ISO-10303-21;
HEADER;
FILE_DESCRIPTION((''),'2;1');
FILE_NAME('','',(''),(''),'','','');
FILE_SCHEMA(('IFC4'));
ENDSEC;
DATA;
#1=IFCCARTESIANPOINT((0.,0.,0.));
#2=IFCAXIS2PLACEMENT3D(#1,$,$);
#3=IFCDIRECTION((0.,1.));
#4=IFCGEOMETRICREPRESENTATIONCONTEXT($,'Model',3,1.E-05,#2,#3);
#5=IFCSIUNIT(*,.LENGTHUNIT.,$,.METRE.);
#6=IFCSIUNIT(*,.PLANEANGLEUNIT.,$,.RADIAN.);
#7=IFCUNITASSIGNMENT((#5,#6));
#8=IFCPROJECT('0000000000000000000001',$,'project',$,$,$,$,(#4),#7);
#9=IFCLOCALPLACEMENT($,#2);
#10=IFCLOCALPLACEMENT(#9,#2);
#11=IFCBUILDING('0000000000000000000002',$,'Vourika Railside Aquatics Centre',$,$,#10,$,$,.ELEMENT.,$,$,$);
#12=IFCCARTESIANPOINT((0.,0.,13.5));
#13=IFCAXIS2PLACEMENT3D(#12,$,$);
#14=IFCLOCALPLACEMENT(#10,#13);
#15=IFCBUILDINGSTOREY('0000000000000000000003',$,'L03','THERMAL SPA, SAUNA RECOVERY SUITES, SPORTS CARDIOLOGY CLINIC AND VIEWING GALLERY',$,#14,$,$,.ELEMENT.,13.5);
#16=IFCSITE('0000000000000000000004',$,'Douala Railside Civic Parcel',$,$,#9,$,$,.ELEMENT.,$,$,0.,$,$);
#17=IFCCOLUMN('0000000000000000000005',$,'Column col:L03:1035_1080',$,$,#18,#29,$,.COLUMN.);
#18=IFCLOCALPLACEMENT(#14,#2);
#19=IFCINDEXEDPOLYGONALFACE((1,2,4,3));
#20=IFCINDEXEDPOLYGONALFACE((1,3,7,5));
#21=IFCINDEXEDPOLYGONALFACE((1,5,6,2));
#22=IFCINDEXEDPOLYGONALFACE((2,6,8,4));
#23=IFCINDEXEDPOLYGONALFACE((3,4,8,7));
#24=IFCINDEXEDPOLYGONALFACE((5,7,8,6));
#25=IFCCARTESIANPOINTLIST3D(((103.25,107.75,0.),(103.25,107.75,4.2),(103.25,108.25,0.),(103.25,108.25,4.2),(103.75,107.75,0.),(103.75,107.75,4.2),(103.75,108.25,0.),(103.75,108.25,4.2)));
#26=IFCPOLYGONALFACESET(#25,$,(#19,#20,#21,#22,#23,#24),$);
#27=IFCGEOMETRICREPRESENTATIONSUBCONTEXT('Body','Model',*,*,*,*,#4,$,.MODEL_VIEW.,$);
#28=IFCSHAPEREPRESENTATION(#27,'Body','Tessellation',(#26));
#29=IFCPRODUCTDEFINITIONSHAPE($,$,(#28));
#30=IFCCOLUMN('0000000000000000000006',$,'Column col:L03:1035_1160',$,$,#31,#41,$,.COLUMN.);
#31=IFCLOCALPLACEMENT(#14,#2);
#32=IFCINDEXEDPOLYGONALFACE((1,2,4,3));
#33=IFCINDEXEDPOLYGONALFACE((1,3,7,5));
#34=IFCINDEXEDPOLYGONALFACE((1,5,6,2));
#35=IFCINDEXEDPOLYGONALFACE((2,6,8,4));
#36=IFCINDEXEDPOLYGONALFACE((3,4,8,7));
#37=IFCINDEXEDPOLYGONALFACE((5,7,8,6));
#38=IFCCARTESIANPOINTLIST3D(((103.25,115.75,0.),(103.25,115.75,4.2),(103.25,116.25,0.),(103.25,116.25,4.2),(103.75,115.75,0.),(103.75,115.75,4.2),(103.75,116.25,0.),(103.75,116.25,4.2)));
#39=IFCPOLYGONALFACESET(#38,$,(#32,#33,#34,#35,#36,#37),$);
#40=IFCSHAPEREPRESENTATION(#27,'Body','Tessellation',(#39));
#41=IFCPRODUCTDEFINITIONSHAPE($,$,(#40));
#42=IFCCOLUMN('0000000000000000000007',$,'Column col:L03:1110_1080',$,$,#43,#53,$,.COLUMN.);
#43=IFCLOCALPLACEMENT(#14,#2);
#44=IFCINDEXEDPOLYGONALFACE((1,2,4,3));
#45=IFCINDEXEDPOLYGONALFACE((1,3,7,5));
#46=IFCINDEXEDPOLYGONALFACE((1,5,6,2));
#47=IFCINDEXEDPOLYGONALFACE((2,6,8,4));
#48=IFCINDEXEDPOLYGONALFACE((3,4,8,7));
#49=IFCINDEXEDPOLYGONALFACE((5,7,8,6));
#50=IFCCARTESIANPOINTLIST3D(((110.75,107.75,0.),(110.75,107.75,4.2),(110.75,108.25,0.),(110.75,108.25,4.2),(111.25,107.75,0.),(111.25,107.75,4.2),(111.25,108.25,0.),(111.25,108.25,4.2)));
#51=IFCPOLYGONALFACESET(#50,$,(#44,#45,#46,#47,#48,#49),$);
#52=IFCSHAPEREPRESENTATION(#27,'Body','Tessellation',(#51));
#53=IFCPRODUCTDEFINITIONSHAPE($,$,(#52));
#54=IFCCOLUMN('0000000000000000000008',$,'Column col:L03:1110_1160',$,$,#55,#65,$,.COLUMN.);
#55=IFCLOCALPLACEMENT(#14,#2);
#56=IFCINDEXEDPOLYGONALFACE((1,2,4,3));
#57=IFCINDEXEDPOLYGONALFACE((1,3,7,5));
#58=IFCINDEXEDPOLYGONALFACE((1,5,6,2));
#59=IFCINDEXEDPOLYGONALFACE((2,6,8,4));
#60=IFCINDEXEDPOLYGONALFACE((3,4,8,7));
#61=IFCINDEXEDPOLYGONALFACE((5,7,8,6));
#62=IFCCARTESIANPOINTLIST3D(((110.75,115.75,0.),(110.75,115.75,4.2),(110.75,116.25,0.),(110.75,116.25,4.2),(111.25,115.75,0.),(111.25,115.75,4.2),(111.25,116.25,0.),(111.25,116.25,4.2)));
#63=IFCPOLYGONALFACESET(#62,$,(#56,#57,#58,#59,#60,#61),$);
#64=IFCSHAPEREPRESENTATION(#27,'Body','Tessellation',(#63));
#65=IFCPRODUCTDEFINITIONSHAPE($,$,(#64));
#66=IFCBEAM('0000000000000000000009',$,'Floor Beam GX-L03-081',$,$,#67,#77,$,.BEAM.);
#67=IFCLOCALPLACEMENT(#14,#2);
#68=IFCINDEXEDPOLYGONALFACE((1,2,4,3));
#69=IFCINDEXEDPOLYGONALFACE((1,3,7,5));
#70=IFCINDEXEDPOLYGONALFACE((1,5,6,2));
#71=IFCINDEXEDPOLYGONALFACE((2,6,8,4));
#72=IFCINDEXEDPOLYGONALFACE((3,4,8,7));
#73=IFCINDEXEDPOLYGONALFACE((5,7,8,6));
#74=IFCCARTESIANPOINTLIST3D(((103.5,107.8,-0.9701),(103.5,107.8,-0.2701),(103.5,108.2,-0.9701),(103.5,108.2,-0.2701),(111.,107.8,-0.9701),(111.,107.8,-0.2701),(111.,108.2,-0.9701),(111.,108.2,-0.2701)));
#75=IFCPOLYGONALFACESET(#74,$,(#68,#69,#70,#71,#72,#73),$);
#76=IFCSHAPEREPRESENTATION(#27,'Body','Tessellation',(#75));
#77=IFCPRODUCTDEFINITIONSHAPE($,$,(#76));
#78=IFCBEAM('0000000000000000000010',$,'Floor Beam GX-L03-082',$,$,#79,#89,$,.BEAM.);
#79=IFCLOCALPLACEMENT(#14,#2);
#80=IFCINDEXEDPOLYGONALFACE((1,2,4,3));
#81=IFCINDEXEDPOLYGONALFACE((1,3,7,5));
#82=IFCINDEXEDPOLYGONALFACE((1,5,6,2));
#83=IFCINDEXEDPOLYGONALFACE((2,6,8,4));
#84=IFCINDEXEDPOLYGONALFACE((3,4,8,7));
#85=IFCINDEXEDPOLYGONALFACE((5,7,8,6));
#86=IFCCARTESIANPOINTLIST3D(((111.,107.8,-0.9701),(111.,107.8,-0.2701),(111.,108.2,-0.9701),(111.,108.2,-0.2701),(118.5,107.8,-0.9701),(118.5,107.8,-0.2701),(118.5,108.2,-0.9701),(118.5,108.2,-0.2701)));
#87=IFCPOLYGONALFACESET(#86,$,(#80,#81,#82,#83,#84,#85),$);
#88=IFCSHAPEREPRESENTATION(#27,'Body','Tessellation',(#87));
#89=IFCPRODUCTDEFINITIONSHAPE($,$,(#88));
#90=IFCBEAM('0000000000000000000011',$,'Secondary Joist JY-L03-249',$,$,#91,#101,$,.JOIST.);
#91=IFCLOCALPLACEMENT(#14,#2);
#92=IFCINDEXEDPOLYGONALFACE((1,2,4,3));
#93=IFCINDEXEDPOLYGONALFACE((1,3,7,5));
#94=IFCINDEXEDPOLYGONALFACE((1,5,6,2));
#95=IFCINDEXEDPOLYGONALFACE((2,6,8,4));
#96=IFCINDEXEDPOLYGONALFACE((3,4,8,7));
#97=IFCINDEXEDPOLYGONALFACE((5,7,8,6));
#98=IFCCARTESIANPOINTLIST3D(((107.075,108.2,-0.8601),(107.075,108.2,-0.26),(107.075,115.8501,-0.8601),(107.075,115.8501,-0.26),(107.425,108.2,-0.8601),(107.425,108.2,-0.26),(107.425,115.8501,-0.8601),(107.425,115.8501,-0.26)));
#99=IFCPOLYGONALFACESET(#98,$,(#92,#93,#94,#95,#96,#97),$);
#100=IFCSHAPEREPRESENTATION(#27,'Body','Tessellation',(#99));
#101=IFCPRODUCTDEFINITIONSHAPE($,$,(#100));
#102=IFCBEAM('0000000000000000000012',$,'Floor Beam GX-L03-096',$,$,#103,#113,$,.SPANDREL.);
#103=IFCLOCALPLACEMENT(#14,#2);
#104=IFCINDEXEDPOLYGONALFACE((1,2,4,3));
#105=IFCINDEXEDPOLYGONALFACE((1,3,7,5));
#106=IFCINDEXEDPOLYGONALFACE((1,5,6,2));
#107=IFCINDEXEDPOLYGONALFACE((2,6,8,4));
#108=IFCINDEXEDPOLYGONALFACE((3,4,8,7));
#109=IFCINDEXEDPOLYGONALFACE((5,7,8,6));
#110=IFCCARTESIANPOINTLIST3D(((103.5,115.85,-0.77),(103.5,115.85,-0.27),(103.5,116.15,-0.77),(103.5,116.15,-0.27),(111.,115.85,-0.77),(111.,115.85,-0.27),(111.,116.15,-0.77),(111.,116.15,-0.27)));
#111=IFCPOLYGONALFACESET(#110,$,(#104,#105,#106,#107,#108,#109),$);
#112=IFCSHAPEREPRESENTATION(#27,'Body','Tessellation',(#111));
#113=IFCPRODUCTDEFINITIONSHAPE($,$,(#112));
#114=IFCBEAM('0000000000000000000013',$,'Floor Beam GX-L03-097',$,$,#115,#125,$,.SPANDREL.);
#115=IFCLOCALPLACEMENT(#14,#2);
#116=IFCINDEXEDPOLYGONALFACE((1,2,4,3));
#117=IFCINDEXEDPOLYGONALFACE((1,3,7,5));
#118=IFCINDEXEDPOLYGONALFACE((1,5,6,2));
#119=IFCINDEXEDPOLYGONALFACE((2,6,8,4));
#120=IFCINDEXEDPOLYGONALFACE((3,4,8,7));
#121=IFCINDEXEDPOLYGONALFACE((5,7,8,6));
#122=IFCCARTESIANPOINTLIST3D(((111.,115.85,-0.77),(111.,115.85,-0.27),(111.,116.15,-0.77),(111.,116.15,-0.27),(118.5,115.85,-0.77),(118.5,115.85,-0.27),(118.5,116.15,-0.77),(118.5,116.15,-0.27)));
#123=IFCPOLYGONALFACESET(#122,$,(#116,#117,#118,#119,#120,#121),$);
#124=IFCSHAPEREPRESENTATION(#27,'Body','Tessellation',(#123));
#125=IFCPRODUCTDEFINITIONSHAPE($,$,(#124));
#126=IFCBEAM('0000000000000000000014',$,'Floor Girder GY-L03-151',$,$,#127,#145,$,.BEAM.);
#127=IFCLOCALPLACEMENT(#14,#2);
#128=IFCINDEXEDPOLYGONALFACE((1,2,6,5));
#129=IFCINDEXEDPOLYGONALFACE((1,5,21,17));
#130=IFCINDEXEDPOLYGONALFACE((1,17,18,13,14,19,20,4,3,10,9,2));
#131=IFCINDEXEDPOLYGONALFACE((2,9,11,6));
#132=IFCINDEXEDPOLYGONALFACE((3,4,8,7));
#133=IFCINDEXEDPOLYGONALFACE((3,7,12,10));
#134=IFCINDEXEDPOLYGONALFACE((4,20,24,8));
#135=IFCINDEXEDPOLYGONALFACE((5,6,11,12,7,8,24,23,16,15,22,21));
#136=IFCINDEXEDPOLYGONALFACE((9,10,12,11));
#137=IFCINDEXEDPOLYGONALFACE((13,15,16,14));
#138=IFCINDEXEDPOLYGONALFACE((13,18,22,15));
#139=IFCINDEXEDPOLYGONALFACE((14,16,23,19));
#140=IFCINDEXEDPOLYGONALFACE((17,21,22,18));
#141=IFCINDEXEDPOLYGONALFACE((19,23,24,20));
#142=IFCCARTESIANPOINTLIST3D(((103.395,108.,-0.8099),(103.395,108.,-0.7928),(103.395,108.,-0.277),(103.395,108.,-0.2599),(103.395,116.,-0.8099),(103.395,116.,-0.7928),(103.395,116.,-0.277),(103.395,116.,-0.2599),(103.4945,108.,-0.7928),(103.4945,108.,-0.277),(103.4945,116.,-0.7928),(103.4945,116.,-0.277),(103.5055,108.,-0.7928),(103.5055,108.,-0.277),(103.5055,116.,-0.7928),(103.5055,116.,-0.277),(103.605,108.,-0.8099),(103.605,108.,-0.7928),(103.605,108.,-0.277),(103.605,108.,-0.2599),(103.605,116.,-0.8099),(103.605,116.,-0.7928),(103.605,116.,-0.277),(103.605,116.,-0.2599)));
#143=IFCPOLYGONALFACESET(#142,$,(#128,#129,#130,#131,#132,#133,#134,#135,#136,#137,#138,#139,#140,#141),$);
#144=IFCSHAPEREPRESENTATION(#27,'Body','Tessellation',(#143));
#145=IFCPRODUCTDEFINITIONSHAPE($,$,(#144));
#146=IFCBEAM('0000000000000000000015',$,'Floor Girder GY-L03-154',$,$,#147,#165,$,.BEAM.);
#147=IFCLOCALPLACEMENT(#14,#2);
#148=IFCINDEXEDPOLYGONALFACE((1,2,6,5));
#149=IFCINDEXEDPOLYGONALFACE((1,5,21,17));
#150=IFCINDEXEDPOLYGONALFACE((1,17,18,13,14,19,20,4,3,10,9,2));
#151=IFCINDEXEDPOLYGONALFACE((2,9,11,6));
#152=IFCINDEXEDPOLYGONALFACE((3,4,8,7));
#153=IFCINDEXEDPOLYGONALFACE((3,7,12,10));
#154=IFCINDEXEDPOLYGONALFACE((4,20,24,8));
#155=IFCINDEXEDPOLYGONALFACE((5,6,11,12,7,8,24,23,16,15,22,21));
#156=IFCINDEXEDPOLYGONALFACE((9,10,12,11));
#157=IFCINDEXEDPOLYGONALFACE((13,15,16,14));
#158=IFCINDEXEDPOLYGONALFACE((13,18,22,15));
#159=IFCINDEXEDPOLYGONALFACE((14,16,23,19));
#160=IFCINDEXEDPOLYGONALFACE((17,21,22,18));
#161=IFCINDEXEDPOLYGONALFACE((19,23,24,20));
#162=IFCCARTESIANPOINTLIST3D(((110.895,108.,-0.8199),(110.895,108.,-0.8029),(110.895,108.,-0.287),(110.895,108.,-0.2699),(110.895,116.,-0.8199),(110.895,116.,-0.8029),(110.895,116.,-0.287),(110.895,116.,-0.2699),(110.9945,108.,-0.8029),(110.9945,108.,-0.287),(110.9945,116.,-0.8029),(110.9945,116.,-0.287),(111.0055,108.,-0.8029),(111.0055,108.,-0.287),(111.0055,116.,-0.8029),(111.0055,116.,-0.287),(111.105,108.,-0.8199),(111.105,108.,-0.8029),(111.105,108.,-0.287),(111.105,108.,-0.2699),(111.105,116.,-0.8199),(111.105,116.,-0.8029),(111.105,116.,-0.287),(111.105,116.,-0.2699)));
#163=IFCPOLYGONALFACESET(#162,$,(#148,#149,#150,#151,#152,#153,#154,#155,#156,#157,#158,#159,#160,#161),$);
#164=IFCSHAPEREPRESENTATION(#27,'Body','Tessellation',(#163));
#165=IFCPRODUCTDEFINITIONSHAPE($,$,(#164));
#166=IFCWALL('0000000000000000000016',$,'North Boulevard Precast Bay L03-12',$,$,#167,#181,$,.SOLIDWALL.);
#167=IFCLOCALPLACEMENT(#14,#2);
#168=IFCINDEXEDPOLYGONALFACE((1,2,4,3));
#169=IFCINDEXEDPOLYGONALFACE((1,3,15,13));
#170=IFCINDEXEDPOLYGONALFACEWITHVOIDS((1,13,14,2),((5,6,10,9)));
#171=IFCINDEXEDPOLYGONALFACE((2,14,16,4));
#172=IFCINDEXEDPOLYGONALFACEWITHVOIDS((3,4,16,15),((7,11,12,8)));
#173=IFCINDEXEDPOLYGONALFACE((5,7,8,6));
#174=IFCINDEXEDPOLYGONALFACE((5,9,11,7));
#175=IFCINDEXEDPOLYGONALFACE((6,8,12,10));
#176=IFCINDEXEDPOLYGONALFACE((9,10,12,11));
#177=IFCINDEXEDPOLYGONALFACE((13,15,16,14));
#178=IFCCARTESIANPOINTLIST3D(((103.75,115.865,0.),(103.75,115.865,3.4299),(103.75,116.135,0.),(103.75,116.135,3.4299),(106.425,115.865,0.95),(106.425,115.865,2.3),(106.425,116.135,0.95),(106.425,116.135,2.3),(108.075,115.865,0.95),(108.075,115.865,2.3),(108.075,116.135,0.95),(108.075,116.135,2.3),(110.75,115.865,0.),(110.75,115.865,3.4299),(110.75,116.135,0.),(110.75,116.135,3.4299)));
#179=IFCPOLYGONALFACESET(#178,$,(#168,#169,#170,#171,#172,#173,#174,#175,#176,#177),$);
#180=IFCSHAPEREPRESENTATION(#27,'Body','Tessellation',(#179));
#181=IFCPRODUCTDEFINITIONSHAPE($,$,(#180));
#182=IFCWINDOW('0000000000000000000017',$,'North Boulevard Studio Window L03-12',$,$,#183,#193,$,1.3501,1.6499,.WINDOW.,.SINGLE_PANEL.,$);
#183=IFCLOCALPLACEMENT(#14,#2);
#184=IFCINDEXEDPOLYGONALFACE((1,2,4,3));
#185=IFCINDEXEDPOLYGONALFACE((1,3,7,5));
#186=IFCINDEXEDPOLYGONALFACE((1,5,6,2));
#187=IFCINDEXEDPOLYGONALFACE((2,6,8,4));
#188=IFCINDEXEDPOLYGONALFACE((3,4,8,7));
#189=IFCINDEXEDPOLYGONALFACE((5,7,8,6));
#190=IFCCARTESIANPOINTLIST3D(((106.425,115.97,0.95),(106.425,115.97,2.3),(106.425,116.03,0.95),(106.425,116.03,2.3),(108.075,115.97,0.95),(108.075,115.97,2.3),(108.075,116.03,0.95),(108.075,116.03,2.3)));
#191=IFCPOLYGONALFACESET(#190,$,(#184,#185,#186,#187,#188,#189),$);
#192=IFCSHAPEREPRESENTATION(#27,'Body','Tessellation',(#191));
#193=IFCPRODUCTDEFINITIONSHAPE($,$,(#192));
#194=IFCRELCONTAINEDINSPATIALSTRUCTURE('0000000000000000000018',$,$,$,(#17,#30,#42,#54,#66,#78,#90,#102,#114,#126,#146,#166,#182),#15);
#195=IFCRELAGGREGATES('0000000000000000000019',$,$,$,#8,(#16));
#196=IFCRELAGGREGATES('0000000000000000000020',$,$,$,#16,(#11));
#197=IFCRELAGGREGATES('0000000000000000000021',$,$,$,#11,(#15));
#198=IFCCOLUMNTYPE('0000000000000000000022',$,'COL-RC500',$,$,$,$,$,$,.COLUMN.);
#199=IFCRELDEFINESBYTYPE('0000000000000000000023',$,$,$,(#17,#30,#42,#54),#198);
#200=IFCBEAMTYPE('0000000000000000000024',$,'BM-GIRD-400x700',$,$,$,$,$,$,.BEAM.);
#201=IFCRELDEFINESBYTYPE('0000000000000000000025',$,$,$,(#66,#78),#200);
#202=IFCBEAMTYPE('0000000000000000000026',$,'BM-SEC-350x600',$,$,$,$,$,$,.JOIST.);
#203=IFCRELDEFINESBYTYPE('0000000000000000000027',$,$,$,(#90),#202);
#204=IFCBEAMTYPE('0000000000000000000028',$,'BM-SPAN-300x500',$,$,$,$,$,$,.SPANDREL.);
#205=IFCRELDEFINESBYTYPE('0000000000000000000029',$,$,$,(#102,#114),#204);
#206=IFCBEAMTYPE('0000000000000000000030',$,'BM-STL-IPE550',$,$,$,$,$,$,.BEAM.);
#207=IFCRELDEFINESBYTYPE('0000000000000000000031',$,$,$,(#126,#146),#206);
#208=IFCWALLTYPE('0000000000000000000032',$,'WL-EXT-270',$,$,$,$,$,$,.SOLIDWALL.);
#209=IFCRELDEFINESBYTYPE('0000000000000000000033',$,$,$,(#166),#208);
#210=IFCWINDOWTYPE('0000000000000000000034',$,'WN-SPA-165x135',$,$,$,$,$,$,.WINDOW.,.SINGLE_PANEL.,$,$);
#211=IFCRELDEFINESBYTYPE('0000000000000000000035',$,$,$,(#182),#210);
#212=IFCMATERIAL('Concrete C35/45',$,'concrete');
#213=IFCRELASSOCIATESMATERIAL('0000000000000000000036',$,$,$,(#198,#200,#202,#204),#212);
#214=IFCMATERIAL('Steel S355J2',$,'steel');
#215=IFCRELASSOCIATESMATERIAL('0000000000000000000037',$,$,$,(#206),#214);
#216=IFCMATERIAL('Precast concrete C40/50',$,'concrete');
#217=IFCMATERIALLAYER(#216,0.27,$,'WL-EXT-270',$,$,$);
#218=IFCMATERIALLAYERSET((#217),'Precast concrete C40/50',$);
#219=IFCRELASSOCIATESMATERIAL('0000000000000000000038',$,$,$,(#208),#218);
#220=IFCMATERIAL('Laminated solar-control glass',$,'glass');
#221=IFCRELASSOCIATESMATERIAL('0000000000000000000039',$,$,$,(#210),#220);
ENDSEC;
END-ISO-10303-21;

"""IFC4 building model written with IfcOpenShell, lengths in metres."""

from ifc_helpers import new_model, si_unit, direction, frame, frame_2d, origin, origin_2d, place, context, subcontext, project, spatial, rectangle, i_section, extrude, material, layer, layer_set, material_profile, profile_set, type_object, element, fill, save


model = new_model("IFC4")

# Units and contexts
model_context = context("Model", 3, precision=1e-05, world=origin(), true_north=direction((0.0, 1.0)))
body_context = subcontext(model_context, "Body", "Model", "MODEL_VIEW")
ifc_project = project(units=[si_unit("LENGTHUNIT", "METRE"), si_unit("PLANEANGLEUNIT", "RADIAN")], contexts=[model_context])

# Site, building, storey
site_placement = place(None, origin())
site = spatial("IfcSite", under=ifc_project, at=site_placement, Name="Douala Railside Civic Parcel", CompositionType="ELEMENT", RefElevation=0.0)
building_placement = place(site_placement, origin())
building = spatial("IfcBuilding", under=site, at=building_placement, Name="Vourika Railside Aquatics Centre", CompositionType="ELEMENT")
storey_placement = place(building_placement, frame((0.0, 0.0, 13.5)))
storey = spatial("IfcBuildingStorey", under=building, at=storey_placement, Name="L03", Description="THERMAL SPA, SAUNA RECOVERY SUITES, SPORTS CARDIOLOGY CLINIC AND VIEWING GALLERY", CompositionType="ELEMENT", Elevation=13.5)

# Columns
ifc_material_1 = material(Name="Concrete C35/45", Category="concrete")
ifc_material_profile_1 = material_profile(ifc_material_1, rectangle(XDim=0.5, YDim=0.5, at=origin_2d()), Name="RC 500x500")
ifc_profile_set_1 = profile_set([ifc_material_profile_1], Name="Concrete C35/45")
column_type = type_object("IfcColumnType", Name="COL-RC500", PredefinedType="COLUMN", material=ifc_profile_set_1)
for number, where, z_axis, x_axis, name in (
    (1, (103.5, 108.0, 0.0), (0.0, 0.0, 1.0), (1.0, 0.0, 0.0), "Column col:L03:1035_1080"),
    (2, (103.5, 116.0, 0.0), (0.0, 0.0, 1.0), (1.0, 0.0, 0.0), "Column col:L03:1035_1160"),
    (3, (111.0, 108.0, 0.0), (0.0, 0.0, 1.0), (1.0, 0.0, 0.0), "Column col:L03:1110_1080"),
    (4, (111.0, 116.0, 0.0), (0.0, 0.0, 1.0), (1.0, 0.0, 0.0), "Column col:L03:1110_1160"),
):
    element("IfcColumn", number, at=place(storey_placement, frame(where, z_axis=z_axis, x_axis=x_axis)), inside=storey, type_object=column_type, Name=name, PredefinedType="COLUMN", context=body_context, shape_type="SweptSolid", body=[
        extrude(rectangle(XDim=0.5, YDim=0.5, at=origin_2d()), origin(), (0.0, 0.0, 1.0), 4.2),
    ])

# Beams
ifc_material_profile_2 = material_profile(ifc_material_1, rectangle(XDim=0.3999, YDim=0.7, at=origin_2d()), Name="RC 400x700")
ifc_profile_set_2 = profile_set([ifc_material_profile_2], Name="Concrete C35/45")
beam_type_1 = type_object("IfcBeamType", Name="BM-GIRD-400x700", PredefinedType="BEAM", material=ifc_profile_set_2)
for number, where, z_axis, x_axis, name in (
    (5, (103.5, 108.0, -0.6201), (1.0, 0.0, 0.0), (0.0, 1.0, 0.0), "Floor Beam GX-L03-081"),
    (6, (111.0, 108.0, -0.6201), (1.0, 0.0, 0.0), (0.0, 1.0, 0.0), "Floor Beam GX-L03-082"),
):
    element("IfcBeam", number, at=place(storey_placement, frame(where, z_axis=z_axis, x_axis=x_axis)), inside=storey, type_object=beam_type_1, Name=name, PredefinedType="BEAM", context=body_context, shape_type="SweptSolid", body=[
        extrude(rectangle(XDim=0.3999, YDim=0.7, at=origin_2d()), origin(), (0.0, 0.0, 1.0), 7.5),
    ])
ifc_material_profile_3 = material_profile(ifc_material_1, rectangle(XDim=0.3501, YDim=0.6001, at=origin_2d()), Name="RC 350x600")
ifc_profile_set_3 = profile_set([ifc_material_profile_3], Name="Concrete C35/45")
beam_type_2 = type_object("IfcBeamType", Name="BM-SEC-350x600", PredefinedType="JOIST", material=ifc_profile_set_3)
beam_placement = place(storey_placement, frame((107.25, 108.2, -0.5601), z_axis=(0.0, 1.0, 0.0), x_axis=(-1.0, 0.0, 0.0)))
element("IfcBeam", 7, at=beam_placement, inside=storey, type_object=beam_type_2, Name="Secondary Joist JY-L03-249", PredefinedType="JOIST", context=body_context, shape_type="SweptSolid", body=[
    extrude(rectangle(XDim=0.3501, YDim=0.6001, at=origin_2d()), origin(), (0.0, 0.0, 1.0), 7.6501),
])
ifc_material_profile_4 = material_profile(ifc_material_1, rectangle(XDim=0.3, YDim=0.5, at=origin_2d()), Name="RC 300x500")
ifc_profile_set_4 = profile_set([ifc_material_profile_4], Name="Concrete C35/45")
beam_type_3 = type_object("IfcBeamType", Name="BM-SPAN-300x500", PredefinedType="SPANDREL", material=ifc_profile_set_4)
for number, where, z_axis, x_axis, name in (
    (8, (103.5, 116.0, -0.52), (1.0, 0.0, 0.0), (0.0, 1.0, 0.0), "Floor Beam GX-L03-096"),
    (9, (111.0, 116.0, -0.52), (1.0, 0.0, 0.0), (0.0, 1.0, 0.0), "Floor Beam GX-L03-097"),
):
    element("IfcBeam", number, at=place(storey_placement, frame(where, z_axis=z_axis, x_axis=x_axis)), inside=storey, type_object=beam_type_3, Name=name, PredefinedType="SPANDREL", context=body_context, shape_type="SweptSolid", body=[
        extrude(rectangle(XDim=0.3, YDim=0.5, at=origin_2d()), origin(), (0.0, 0.0, 1.0), 7.5),
    ])
ifc_material_2 = material(Name="Steel S355J2", Category="steel")
ifc_material_profile_5 = material_profile(ifc_material_2, i_section(OverallWidth=0.21, OverallDepth=0.55, WebThickness=0.011, FlangeThickness=0.0171, at=origin_2d()), Name="IPE 550")
ifc_profile_set_5 = profile_set([ifc_material_profile_5], Name="Steel S355J2")
beam_type_4 = type_object("IfcBeamType", Name="BM-STL-IPE550", PredefinedType="BEAM", material=ifc_profile_set_5)
for number, where, z_axis, x_axis, name in (
    (10, (103.5, 108.0, -0.5349), (0.0, 1.0, 0.0), (-1.0, 0.0, 0.0), "Floor Girder GY-L03-151"),
    (11, (111.0, 108.0, -0.5449), (0.0, 1.0, 0.0), (-1.0, 0.0, 0.0), "Floor Girder GY-L03-154"),
):
    element("IfcBeam", number, at=place(storey_placement, frame(where, z_axis=z_axis, x_axis=x_axis)), inside=storey, type_object=beam_type_4, Name=name, PredefinedType="BEAM", context=body_context, shape_type="SweptSolid", body=[
        extrude(i_section(OverallWidth=0.21, OverallDepth=0.55, WebThickness=0.011, FlangeThickness=0.0171, at=origin_2d()), origin(), (0.0, 0.0, 1.0), 8.0),
    ])

# Wall, opening, window
ifc_material_3 = material(Name="Precast concrete C40/50", Category="concrete")
ifc_layer_1 = layer(ifc_material_3, 0.27, Name="WL-EXT-270")
ifc_layer_set_1 = layer_set([ifc_layer_1], Name="Precast concrete C40/50")
wall_type_1 = type_object("IfcWallType", Name="WL-EXT-270", PredefinedType="SOLIDWALL", material=ifc_layer_set_1)
wall_1_placement = place(storey_placement, frame((110.75, 116.0, 0.0), z_axis=(0.0, 0.0, 1.0), x_axis=(-1.0, 0.0, 0.0)))
wall_1 = element("IfcWall", 12, at=wall_1_placement, inside=storey, type_object=wall_type_1, Name="North Boulevard Precast Bay L03-12", PredefinedType="SOLIDWALL", context=body_context, shape_type="SweptSolid", body=[
    extrude(rectangle(XDim=7.0, YDim=0.27, at=frame_2d((3.5, 0.0))), origin(), (0.0, 0.0, 1.0), 3.4299),
])
opening_1_placement = place(wall_1_placement, frame((2.675, 0.0, 0.95)))
opening_1 = element("IfcOpeningElement", 13, at=opening_1_placement, cuts=wall_1, PredefinedType="OPENING", context=body_context, shape_type="SweptSolid", body=[
    extrude(rectangle(XDim=1.6499, YDim=1.3501, at=frame_2d((0.825, 0.675))), frame((0.0, 0.145, 0.0), z_axis=(0.0, -1.0, 0.0), x_axis=(1.0, 0.0, 0.0)), (0.0, 0.0, 1.0), 0.29),
])
ifc_material_4 = material(Name="Laminated solar-control glass", Category="glass")
window_type = type_object("IfcWindowType", Name="WN-SPA-165x135", PartitioningType="SINGLE_PANEL", PredefinedType="WINDOW", material=ifc_material_4)
window_placement = place(opening_1_placement, origin())
window = element("IfcWindow", 14, at=window_placement, inside=storey, type_object=window_type, Name="North Boulevard Studio Window L03-12", OverallHeight=1.3501, OverallWidth=1.6499, PartitioningType="SINGLE_PANEL", PredefinedType="WINDOW", context=body_context, shape_type="SweptSolid", body=[
    extrude(rectangle(XDim=1.6499, YDim=1.3501, at=frame_2d((0.825, 0.675))), frame((0.0, 0.03, 0.0), z_axis=(0.0, -1.0, 0.0), x_axis=(1.0, 0.0, 0.0)), (0.0, 0.0, 1.0), 0.0601),
])
fill(opening_1, window)

save(model, "model.ifc")
